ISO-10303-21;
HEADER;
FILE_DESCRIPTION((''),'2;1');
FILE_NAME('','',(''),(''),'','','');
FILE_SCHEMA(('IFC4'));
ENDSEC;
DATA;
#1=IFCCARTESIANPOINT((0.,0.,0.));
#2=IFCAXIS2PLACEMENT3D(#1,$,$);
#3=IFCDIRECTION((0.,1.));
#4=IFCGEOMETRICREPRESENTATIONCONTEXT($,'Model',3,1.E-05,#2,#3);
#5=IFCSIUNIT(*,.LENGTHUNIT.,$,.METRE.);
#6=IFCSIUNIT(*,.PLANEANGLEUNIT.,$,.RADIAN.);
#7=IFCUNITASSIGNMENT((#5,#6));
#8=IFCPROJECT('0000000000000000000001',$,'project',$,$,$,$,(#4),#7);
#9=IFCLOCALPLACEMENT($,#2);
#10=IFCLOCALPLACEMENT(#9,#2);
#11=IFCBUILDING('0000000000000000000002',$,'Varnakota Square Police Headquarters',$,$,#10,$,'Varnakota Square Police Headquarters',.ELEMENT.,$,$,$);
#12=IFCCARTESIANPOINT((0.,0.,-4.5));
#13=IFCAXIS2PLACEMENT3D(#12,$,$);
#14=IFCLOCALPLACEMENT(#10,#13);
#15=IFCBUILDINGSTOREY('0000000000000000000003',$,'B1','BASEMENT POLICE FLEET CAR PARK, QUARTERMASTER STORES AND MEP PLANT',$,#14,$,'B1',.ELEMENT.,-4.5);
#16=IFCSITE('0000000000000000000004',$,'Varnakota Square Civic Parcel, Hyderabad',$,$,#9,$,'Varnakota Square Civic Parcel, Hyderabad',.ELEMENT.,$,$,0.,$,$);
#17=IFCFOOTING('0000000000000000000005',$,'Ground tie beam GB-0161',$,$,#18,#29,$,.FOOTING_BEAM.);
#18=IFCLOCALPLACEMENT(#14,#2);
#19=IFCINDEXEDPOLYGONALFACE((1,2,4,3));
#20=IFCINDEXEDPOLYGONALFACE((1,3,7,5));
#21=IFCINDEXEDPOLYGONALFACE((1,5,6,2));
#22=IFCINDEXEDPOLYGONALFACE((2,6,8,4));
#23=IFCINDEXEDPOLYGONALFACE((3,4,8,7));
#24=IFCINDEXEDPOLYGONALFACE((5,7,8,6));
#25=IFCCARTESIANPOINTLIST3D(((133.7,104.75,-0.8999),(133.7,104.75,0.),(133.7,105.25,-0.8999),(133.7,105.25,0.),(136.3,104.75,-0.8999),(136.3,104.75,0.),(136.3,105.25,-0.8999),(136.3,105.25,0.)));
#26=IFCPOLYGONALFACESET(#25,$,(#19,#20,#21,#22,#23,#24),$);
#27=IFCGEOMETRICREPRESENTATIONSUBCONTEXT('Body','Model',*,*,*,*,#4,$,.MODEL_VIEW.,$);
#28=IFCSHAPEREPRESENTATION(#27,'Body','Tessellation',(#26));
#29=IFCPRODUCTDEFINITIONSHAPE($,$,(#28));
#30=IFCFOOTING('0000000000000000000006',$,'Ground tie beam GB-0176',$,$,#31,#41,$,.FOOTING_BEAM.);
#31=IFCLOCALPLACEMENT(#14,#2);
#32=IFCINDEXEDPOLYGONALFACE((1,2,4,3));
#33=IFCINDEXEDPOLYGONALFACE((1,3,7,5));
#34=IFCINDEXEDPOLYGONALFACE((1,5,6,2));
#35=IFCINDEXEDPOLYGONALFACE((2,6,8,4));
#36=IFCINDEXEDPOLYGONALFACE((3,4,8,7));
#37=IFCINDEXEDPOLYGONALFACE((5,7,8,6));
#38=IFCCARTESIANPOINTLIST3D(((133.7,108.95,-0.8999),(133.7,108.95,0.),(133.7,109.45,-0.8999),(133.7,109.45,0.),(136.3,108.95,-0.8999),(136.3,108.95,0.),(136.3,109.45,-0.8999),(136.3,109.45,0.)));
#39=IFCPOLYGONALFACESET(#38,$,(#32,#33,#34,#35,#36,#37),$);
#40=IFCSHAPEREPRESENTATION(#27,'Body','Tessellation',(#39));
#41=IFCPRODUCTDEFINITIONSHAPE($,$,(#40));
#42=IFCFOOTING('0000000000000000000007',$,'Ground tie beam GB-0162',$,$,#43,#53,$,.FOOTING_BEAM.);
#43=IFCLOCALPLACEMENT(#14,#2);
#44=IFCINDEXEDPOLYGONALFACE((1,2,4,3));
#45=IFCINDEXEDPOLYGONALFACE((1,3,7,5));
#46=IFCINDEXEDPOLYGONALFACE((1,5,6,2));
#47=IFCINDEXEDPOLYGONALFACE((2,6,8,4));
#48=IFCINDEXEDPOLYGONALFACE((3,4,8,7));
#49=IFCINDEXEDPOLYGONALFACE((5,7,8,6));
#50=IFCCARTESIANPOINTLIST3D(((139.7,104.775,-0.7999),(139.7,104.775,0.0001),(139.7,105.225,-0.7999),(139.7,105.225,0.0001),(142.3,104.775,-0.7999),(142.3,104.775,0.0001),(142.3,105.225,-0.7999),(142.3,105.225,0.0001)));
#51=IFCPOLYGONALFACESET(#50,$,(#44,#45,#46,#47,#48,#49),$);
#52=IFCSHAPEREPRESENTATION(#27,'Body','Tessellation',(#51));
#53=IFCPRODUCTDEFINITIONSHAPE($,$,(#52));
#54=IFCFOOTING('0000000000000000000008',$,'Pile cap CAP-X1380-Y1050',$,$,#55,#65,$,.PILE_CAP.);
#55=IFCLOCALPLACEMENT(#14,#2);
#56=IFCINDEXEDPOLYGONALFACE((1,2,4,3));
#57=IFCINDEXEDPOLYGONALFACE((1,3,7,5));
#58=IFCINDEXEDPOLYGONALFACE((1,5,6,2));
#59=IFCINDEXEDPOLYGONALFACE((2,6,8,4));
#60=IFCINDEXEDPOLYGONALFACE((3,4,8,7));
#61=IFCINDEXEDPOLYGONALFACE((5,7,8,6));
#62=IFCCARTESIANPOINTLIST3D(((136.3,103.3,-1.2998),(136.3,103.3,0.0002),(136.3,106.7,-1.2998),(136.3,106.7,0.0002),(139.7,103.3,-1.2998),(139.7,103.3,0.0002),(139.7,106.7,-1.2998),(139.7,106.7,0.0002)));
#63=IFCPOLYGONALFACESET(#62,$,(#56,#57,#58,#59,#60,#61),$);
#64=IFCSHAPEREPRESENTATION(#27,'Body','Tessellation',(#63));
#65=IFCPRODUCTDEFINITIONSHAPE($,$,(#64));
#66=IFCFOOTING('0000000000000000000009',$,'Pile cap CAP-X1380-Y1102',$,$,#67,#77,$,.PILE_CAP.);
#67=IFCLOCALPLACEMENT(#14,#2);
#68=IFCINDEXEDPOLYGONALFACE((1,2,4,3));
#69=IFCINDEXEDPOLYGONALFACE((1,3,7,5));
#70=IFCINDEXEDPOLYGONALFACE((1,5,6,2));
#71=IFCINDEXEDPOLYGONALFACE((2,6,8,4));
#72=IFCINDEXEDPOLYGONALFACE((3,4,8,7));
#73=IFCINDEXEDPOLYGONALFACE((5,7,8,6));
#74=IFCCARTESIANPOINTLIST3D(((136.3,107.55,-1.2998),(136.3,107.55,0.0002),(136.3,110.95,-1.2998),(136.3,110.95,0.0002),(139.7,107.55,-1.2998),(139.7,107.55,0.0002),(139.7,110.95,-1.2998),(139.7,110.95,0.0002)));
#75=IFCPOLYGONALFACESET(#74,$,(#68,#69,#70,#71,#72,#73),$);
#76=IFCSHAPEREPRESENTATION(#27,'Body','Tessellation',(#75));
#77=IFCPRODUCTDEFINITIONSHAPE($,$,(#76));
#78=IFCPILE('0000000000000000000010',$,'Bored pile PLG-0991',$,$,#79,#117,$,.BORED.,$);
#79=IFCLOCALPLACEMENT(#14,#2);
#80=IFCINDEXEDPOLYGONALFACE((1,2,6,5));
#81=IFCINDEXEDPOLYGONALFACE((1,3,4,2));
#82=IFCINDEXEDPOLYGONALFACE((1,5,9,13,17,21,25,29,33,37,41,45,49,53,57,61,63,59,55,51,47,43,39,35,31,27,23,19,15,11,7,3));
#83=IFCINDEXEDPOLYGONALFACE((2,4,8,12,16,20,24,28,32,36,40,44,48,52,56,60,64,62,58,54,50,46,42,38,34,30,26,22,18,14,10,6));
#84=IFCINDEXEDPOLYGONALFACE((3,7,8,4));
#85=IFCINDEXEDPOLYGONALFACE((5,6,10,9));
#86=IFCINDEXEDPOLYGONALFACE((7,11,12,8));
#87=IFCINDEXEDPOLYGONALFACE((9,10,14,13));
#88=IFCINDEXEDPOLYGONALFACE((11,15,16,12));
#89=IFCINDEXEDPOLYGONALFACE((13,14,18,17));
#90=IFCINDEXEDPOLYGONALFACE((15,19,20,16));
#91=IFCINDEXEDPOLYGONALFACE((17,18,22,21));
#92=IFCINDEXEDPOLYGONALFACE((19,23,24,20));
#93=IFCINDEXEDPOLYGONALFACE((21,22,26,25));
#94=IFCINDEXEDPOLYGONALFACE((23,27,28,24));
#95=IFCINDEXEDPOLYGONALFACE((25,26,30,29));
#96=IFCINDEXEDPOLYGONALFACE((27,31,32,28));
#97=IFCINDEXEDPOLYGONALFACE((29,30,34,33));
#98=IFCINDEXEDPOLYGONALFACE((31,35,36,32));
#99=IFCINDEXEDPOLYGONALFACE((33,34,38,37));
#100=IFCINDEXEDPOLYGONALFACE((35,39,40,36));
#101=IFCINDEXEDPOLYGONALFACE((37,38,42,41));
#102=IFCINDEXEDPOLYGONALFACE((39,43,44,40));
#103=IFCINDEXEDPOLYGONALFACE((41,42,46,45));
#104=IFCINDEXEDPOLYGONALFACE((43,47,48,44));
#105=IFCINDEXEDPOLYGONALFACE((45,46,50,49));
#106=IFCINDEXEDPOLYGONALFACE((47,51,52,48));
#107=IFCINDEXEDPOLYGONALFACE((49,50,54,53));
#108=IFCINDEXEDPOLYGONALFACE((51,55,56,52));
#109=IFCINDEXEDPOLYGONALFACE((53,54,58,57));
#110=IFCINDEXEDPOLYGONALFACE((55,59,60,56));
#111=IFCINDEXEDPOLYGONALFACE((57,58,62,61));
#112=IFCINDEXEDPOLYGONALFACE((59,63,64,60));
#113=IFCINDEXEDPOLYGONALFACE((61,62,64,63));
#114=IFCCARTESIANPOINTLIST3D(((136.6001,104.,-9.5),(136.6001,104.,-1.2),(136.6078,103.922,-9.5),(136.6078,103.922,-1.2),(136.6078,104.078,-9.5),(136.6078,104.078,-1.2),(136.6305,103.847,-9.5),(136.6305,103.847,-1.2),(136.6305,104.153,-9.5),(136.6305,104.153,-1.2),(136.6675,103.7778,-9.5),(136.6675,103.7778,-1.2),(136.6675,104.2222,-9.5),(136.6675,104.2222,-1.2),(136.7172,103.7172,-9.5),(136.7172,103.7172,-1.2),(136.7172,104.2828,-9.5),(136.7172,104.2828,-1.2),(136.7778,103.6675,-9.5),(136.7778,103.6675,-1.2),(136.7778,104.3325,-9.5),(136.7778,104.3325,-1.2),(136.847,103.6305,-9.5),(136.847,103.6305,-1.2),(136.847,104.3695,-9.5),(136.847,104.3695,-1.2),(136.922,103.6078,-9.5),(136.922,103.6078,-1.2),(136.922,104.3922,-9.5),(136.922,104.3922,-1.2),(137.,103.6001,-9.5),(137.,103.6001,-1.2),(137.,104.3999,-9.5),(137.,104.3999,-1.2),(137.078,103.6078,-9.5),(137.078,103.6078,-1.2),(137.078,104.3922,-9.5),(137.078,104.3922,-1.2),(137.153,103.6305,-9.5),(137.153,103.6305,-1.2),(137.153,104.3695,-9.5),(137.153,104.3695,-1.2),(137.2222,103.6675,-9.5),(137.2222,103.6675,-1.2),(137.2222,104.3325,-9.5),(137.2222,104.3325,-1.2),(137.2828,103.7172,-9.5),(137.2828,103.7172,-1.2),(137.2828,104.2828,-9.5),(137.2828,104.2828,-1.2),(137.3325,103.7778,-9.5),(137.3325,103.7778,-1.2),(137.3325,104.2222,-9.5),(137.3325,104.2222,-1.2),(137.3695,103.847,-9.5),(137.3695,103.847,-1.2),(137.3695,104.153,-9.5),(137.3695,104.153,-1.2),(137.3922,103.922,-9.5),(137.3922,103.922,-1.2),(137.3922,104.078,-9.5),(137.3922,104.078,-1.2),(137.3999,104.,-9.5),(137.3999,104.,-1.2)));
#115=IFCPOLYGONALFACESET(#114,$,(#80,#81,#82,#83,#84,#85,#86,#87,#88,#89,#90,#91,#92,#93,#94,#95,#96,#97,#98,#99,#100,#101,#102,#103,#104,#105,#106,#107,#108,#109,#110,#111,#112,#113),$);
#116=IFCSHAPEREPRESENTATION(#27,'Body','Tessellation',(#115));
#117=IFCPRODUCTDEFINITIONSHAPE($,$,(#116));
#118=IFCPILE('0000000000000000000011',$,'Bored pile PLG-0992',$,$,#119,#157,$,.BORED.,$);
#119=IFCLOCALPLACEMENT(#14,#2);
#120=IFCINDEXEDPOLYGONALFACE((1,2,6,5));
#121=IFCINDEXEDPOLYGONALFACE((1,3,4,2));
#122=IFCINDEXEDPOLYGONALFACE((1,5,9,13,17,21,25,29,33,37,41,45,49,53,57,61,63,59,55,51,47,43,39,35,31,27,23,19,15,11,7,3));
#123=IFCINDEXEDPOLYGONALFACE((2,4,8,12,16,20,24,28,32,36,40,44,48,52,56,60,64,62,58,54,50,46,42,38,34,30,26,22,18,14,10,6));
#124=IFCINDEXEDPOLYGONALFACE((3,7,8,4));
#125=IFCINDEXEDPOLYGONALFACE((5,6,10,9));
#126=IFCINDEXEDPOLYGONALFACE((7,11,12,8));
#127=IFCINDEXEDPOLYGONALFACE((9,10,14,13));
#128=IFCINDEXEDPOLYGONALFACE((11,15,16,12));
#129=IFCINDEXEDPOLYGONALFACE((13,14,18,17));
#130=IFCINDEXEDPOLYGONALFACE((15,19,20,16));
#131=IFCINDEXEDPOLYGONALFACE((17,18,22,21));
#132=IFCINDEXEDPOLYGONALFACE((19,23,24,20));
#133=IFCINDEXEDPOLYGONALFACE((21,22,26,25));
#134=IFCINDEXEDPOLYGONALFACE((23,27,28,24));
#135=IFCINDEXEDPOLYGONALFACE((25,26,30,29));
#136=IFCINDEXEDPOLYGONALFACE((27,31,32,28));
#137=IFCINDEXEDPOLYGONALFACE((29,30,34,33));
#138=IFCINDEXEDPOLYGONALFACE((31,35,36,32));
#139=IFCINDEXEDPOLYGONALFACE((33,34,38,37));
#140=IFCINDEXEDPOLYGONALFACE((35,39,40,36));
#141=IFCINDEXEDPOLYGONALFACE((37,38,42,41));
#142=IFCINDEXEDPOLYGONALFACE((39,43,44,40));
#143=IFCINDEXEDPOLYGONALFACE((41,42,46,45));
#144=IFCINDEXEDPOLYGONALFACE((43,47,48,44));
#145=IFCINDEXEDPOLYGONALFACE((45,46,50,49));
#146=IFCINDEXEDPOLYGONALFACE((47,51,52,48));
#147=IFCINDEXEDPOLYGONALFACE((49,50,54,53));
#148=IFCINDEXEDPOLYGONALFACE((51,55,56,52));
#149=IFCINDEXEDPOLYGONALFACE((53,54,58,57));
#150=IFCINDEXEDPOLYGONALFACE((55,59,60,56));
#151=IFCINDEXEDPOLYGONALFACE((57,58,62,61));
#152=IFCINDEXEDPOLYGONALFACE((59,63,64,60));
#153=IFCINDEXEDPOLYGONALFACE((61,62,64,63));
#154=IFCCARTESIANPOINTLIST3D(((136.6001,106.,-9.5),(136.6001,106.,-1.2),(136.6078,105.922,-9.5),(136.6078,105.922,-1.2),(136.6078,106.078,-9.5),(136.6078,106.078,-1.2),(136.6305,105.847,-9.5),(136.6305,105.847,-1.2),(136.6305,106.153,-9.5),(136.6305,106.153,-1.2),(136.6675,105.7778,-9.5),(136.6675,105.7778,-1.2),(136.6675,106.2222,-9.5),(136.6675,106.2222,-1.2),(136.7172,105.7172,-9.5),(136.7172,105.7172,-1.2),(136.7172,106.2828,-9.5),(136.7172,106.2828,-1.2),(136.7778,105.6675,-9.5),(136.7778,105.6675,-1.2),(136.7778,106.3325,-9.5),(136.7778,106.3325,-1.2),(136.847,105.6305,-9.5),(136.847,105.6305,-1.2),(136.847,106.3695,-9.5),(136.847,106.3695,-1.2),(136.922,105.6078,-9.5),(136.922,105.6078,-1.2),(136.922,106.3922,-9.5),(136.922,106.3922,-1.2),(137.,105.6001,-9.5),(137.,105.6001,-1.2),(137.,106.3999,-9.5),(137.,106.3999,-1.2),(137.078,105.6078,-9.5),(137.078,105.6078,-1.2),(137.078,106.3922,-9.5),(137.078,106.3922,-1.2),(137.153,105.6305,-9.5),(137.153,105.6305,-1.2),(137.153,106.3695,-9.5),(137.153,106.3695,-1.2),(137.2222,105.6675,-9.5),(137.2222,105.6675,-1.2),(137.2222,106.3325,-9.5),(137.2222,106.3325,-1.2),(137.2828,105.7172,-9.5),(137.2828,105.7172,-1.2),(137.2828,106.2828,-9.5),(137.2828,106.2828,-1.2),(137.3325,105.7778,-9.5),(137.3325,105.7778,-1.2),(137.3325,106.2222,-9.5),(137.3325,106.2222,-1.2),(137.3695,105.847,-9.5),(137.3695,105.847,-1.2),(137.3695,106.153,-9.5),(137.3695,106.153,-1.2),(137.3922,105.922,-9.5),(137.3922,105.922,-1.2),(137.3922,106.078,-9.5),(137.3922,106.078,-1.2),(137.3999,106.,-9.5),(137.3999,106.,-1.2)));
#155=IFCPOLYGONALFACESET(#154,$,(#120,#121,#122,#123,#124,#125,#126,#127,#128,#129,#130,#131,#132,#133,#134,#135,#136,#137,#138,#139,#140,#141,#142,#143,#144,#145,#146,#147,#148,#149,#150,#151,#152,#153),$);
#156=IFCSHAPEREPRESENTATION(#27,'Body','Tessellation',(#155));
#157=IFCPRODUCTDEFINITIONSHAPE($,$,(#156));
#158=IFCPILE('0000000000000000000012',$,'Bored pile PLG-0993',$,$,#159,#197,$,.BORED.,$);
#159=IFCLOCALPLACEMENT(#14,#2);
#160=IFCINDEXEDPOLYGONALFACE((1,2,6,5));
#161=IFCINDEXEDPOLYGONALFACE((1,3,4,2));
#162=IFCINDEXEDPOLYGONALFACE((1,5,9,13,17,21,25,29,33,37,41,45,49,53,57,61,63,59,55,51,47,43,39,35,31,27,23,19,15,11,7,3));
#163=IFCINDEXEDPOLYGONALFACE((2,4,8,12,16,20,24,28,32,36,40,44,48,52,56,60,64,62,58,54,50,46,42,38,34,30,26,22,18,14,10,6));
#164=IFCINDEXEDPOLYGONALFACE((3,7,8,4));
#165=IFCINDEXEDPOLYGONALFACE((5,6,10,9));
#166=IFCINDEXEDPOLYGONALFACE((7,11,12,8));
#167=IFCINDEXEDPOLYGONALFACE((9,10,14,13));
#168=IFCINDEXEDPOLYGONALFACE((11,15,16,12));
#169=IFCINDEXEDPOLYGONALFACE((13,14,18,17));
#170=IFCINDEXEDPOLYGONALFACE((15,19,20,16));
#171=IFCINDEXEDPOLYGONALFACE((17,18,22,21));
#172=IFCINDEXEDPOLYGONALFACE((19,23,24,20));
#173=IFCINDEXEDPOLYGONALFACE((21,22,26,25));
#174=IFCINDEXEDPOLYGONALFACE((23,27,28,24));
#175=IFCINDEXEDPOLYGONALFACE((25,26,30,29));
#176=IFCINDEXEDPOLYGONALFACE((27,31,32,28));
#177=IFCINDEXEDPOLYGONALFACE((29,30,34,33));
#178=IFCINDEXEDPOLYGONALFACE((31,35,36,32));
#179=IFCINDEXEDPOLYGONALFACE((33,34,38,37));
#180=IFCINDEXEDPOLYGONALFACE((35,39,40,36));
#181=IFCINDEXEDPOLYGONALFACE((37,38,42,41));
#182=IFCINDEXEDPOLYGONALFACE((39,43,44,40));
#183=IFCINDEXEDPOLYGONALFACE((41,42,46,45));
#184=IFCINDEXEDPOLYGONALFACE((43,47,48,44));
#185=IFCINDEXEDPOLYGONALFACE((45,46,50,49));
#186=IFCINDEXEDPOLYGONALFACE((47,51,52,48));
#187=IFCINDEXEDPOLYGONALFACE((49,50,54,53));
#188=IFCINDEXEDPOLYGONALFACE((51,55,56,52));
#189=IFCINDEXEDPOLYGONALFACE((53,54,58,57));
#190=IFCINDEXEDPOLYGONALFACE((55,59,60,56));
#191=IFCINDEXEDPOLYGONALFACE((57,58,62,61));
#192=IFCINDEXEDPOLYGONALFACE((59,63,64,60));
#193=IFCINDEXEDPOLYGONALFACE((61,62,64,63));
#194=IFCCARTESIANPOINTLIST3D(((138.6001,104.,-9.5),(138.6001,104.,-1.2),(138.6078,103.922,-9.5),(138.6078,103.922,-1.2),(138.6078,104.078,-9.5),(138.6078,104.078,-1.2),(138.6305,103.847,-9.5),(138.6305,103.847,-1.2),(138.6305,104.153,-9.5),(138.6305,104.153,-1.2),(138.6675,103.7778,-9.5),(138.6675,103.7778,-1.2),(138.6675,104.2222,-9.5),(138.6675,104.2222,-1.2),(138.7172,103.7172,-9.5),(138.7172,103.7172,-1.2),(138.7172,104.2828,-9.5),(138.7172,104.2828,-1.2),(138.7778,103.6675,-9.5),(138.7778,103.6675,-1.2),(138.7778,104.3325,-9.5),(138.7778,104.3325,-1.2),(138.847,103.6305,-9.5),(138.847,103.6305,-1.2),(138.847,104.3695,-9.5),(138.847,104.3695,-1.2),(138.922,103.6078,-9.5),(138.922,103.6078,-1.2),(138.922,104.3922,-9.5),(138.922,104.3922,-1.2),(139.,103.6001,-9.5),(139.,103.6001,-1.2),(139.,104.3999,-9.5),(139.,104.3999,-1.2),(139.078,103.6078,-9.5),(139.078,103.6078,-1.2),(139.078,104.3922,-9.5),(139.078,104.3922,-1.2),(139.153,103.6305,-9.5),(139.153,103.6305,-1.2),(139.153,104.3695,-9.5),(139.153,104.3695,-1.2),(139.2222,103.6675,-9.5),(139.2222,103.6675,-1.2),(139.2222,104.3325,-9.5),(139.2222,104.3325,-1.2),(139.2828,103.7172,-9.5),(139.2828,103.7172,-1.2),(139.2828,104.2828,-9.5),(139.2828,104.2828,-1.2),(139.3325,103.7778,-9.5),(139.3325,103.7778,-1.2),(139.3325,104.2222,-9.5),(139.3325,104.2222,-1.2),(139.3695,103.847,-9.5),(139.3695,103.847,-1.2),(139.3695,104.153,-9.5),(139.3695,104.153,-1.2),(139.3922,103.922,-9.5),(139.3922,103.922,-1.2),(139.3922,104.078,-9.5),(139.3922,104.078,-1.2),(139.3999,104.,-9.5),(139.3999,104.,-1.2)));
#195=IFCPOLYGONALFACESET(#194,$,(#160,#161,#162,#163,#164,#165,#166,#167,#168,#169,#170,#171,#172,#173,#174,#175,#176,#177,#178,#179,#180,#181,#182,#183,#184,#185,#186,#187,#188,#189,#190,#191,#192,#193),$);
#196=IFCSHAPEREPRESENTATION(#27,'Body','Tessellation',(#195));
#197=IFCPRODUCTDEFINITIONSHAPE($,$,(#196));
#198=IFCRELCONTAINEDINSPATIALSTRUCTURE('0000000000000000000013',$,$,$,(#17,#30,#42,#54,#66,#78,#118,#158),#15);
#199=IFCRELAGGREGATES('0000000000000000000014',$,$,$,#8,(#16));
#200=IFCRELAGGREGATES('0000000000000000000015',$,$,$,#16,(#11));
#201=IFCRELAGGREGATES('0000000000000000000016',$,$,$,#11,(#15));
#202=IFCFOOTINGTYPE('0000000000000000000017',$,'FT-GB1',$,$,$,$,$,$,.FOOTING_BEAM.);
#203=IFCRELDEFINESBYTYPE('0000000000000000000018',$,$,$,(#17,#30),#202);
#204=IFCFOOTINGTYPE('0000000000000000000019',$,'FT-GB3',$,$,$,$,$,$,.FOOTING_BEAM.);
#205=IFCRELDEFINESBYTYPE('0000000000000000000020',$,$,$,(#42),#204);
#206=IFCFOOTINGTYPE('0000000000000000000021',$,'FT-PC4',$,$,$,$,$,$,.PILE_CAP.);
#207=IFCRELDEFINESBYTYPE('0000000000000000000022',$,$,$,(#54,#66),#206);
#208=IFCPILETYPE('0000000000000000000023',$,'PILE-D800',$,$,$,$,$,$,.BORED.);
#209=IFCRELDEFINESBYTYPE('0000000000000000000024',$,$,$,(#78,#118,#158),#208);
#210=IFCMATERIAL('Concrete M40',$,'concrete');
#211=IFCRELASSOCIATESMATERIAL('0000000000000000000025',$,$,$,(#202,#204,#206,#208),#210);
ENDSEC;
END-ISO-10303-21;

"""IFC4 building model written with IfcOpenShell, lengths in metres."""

from ifc_helpers import new_model, si_unit, direction, frame, origin, origin_2d, place, context, subcontext, project, spatial, rectangle, circle, extrude, material, material_profile, profile_set, type_object, element, save


model = new_model("IFC4")

# Units and contexts
model_context = context("Model", 3, precision=1e-05, world=origin(), true_north=direction((0.0, 1.0)))
body_context = subcontext(model_context, "Body", "Model", "MODEL_VIEW")
ifc_project = project(units=[si_unit("LENGTHUNIT", "METRE"), si_unit("PLANEANGLEUNIT", "RADIAN")], contexts=[model_context])

# Site, building, storey
site_placement = place(None, origin())
site = spatial("IfcSite", under=ifc_project, at=site_placement, Name="Varnakota Square Civic Parcel, Hyderabad", LongName="Varnakota Square Civic Parcel, Hyderabad", CompositionType="ELEMENT", RefElevation=0.0)
building_placement = place(site_placement, origin())
building = spatial("IfcBuilding", under=site, at=building_placement, Name="Varnakota Square Police Headquarters", LongName="Varnakota Square Police Headquarters", CompositionType="ELEMENT")
storey_placement = place(building_placement, frame((0.0, 0.0, -4.5)))
storey = spatial("IfcBuildingStorey", under=building, at=storey_placement, Name="B1", Description="BASEMENT POLICE FLEET CAR PARK, QUARTERMASTER STORES AND MEP PLANT", LongName="B1", CompositionType="ELEMENT", Elevation=-4.5)

# Footings
ifc_material_1 = material(Name="Concrete M40", Category="concrete")
ifc_material_profile_1 = material_profile(ifc_material_1, rectangle(XDim=0.5, YDim=0.8999, at=origin_2d()), Name="GB 500x900")
ifc_profile_set_1 = profile_set([ifc_material_profile_1], Name="Concrete M40")
footing_type_1 = type_object("IfcFootingType", Name="FT-GB1", PredefinedType="FOOTING_BEAM", material=ifc_profile_set_1)
for number, where, z_axis, x_axis, name in (
    (1, (133.7, 105.0, -0.45), (1.0, 0.0, 0.0), (0.0, 1.0, 0.0), "Ground tie beam GB-0161"),
    (2, (133.7, 109.2, -0.45), (1.0, 0.0, 0.0), (0.0, 1.0, 0.0), "Ground tie beam GB-0176"),
):
    element("IfcFooting", number, at=place(storey_placement, frame(where, z_axis=z_axis, x_axis=x_axis)), inside=storey, type_object=footing_type_1, Name=name, PredefinedType="FOOTING_BEAM", context=body_context, shape_type="SweptSolid", body=[
        extrude(rectangle(XDim=0.5, YDim=0.8999, at=origin_2d()), origin(), (0.0, 0.0, 1.0), 2.6001),
    ])
ifc_material_profile_2 = material_profile(ifc_material_1, rectangle(XDim=0.45, YDim=0.8, at=origin_2d()), Name="GB 450x800")
ifc_profile_set_2 = profile_set([ifc_material_profile_2], Name="Concrete M40")
footing_type_2 = type_object("IfcFootingType", Name="FT-GB3", PredefinedType="FOOTING_BEAM", material=ifc_profile_set_2)
footing_placement = place(storey_placement, frame((139.7, 105.0, -0.3999), z_axis=(1.0, 0.0, 0.0), x_axis=(0.0, 1.0, 0.0)))
element("IfcFooting", 3, at=footing_placement, inside=storey, type_object=footing_type_2, Name="Ground tie beam GB-0162", PredefinedType="FOOTING_BEAM", context=body_context, shape_type="SweptSolid", body=[
    extrude(rectangle(XDim=0.45, YDim=0.8, at=origin_2d()), origin(), (0.0, 0.0, 1.0), 2.6001),
])
footing_type_3 = type_object("IfcFootingType", Name="FT-PC4", PredefinedType="PILE_CAP", material=ifc_material_1)
for number, where, z_axis, x_axis, name in (
    (4, (138.0, 105.0, -1.2998), (0.0, 0.0, 1.0), (1.0, 0.0, 0.0), "Pile cap CAP-X1380-Y1050"),
    (5, (138.0, 109.25, -1.2998), (0.0, 0.0, 1.0), (1.0, 0.0, 0.0), "Pile cap CAP-X1380-Y1102"),
):
    element("IfcFooting", number, at=place(storey_placement, frame(where, z_axis=z_axis, x_axis=x_axis)), inside=storey, type_object=footing_type_3, Name=name, PredefinedType="PILE_CAP", context=body_context, shape_type="SweptSolid", body=[
        extrude(rectangle(XDim=3.3999, YDim=3.3999, at=origin_2d()), origin(), (0.0, 0.0, 1.0), 1.3),
    ])

# Piles
ifc_material_profile_3 = material_profile(ifc_material_1, circle(Radius=0.3999, at=origin_2d()), Name="BORED PILE 800")
ifc_profile_set_3 = profile_set([ifc_material_profile_3], Name="Concrete M40")
pile_type = type_object("IfcPileType", Name="PILE-D800", PredefinedType="BORED", material=ifc_profile_set_3)
for number, where, z_axis, x_axis, name in (
    (6, (137.0, 104.0, -1.2), (0.0, 0.0, -1.0), (1.0, 0.0, 0.0), "Bored pile PLG-0991"),
    (7, (137.0, 106.0, -1.2), (0.0, 0.0, -1.0), (1.0, 0.0, 0.0), "Bored pile PLG-0992"),
    (8, (139.0, 104.0, -1.2), (0.0, 0.0, -1.0), (1.0, 0.0, 0.0), "Bored pile PLG-0993"),
):
    element("IfcPile", number, at=place(storey_placement, frame(where, z_axis=z_axis, x_axis=x_axis)), inside=storey, type_object=pile_type, Name=name, PredefinedType="BORED", context=body_context, shape_type="SweptSolid", body=[
        extrude(circle(Radius=0.3999, at=origin_2d()), origin(), (0.0, 0.0, 1.0), 8.3),
    ])

save(model, "model.ifc")
